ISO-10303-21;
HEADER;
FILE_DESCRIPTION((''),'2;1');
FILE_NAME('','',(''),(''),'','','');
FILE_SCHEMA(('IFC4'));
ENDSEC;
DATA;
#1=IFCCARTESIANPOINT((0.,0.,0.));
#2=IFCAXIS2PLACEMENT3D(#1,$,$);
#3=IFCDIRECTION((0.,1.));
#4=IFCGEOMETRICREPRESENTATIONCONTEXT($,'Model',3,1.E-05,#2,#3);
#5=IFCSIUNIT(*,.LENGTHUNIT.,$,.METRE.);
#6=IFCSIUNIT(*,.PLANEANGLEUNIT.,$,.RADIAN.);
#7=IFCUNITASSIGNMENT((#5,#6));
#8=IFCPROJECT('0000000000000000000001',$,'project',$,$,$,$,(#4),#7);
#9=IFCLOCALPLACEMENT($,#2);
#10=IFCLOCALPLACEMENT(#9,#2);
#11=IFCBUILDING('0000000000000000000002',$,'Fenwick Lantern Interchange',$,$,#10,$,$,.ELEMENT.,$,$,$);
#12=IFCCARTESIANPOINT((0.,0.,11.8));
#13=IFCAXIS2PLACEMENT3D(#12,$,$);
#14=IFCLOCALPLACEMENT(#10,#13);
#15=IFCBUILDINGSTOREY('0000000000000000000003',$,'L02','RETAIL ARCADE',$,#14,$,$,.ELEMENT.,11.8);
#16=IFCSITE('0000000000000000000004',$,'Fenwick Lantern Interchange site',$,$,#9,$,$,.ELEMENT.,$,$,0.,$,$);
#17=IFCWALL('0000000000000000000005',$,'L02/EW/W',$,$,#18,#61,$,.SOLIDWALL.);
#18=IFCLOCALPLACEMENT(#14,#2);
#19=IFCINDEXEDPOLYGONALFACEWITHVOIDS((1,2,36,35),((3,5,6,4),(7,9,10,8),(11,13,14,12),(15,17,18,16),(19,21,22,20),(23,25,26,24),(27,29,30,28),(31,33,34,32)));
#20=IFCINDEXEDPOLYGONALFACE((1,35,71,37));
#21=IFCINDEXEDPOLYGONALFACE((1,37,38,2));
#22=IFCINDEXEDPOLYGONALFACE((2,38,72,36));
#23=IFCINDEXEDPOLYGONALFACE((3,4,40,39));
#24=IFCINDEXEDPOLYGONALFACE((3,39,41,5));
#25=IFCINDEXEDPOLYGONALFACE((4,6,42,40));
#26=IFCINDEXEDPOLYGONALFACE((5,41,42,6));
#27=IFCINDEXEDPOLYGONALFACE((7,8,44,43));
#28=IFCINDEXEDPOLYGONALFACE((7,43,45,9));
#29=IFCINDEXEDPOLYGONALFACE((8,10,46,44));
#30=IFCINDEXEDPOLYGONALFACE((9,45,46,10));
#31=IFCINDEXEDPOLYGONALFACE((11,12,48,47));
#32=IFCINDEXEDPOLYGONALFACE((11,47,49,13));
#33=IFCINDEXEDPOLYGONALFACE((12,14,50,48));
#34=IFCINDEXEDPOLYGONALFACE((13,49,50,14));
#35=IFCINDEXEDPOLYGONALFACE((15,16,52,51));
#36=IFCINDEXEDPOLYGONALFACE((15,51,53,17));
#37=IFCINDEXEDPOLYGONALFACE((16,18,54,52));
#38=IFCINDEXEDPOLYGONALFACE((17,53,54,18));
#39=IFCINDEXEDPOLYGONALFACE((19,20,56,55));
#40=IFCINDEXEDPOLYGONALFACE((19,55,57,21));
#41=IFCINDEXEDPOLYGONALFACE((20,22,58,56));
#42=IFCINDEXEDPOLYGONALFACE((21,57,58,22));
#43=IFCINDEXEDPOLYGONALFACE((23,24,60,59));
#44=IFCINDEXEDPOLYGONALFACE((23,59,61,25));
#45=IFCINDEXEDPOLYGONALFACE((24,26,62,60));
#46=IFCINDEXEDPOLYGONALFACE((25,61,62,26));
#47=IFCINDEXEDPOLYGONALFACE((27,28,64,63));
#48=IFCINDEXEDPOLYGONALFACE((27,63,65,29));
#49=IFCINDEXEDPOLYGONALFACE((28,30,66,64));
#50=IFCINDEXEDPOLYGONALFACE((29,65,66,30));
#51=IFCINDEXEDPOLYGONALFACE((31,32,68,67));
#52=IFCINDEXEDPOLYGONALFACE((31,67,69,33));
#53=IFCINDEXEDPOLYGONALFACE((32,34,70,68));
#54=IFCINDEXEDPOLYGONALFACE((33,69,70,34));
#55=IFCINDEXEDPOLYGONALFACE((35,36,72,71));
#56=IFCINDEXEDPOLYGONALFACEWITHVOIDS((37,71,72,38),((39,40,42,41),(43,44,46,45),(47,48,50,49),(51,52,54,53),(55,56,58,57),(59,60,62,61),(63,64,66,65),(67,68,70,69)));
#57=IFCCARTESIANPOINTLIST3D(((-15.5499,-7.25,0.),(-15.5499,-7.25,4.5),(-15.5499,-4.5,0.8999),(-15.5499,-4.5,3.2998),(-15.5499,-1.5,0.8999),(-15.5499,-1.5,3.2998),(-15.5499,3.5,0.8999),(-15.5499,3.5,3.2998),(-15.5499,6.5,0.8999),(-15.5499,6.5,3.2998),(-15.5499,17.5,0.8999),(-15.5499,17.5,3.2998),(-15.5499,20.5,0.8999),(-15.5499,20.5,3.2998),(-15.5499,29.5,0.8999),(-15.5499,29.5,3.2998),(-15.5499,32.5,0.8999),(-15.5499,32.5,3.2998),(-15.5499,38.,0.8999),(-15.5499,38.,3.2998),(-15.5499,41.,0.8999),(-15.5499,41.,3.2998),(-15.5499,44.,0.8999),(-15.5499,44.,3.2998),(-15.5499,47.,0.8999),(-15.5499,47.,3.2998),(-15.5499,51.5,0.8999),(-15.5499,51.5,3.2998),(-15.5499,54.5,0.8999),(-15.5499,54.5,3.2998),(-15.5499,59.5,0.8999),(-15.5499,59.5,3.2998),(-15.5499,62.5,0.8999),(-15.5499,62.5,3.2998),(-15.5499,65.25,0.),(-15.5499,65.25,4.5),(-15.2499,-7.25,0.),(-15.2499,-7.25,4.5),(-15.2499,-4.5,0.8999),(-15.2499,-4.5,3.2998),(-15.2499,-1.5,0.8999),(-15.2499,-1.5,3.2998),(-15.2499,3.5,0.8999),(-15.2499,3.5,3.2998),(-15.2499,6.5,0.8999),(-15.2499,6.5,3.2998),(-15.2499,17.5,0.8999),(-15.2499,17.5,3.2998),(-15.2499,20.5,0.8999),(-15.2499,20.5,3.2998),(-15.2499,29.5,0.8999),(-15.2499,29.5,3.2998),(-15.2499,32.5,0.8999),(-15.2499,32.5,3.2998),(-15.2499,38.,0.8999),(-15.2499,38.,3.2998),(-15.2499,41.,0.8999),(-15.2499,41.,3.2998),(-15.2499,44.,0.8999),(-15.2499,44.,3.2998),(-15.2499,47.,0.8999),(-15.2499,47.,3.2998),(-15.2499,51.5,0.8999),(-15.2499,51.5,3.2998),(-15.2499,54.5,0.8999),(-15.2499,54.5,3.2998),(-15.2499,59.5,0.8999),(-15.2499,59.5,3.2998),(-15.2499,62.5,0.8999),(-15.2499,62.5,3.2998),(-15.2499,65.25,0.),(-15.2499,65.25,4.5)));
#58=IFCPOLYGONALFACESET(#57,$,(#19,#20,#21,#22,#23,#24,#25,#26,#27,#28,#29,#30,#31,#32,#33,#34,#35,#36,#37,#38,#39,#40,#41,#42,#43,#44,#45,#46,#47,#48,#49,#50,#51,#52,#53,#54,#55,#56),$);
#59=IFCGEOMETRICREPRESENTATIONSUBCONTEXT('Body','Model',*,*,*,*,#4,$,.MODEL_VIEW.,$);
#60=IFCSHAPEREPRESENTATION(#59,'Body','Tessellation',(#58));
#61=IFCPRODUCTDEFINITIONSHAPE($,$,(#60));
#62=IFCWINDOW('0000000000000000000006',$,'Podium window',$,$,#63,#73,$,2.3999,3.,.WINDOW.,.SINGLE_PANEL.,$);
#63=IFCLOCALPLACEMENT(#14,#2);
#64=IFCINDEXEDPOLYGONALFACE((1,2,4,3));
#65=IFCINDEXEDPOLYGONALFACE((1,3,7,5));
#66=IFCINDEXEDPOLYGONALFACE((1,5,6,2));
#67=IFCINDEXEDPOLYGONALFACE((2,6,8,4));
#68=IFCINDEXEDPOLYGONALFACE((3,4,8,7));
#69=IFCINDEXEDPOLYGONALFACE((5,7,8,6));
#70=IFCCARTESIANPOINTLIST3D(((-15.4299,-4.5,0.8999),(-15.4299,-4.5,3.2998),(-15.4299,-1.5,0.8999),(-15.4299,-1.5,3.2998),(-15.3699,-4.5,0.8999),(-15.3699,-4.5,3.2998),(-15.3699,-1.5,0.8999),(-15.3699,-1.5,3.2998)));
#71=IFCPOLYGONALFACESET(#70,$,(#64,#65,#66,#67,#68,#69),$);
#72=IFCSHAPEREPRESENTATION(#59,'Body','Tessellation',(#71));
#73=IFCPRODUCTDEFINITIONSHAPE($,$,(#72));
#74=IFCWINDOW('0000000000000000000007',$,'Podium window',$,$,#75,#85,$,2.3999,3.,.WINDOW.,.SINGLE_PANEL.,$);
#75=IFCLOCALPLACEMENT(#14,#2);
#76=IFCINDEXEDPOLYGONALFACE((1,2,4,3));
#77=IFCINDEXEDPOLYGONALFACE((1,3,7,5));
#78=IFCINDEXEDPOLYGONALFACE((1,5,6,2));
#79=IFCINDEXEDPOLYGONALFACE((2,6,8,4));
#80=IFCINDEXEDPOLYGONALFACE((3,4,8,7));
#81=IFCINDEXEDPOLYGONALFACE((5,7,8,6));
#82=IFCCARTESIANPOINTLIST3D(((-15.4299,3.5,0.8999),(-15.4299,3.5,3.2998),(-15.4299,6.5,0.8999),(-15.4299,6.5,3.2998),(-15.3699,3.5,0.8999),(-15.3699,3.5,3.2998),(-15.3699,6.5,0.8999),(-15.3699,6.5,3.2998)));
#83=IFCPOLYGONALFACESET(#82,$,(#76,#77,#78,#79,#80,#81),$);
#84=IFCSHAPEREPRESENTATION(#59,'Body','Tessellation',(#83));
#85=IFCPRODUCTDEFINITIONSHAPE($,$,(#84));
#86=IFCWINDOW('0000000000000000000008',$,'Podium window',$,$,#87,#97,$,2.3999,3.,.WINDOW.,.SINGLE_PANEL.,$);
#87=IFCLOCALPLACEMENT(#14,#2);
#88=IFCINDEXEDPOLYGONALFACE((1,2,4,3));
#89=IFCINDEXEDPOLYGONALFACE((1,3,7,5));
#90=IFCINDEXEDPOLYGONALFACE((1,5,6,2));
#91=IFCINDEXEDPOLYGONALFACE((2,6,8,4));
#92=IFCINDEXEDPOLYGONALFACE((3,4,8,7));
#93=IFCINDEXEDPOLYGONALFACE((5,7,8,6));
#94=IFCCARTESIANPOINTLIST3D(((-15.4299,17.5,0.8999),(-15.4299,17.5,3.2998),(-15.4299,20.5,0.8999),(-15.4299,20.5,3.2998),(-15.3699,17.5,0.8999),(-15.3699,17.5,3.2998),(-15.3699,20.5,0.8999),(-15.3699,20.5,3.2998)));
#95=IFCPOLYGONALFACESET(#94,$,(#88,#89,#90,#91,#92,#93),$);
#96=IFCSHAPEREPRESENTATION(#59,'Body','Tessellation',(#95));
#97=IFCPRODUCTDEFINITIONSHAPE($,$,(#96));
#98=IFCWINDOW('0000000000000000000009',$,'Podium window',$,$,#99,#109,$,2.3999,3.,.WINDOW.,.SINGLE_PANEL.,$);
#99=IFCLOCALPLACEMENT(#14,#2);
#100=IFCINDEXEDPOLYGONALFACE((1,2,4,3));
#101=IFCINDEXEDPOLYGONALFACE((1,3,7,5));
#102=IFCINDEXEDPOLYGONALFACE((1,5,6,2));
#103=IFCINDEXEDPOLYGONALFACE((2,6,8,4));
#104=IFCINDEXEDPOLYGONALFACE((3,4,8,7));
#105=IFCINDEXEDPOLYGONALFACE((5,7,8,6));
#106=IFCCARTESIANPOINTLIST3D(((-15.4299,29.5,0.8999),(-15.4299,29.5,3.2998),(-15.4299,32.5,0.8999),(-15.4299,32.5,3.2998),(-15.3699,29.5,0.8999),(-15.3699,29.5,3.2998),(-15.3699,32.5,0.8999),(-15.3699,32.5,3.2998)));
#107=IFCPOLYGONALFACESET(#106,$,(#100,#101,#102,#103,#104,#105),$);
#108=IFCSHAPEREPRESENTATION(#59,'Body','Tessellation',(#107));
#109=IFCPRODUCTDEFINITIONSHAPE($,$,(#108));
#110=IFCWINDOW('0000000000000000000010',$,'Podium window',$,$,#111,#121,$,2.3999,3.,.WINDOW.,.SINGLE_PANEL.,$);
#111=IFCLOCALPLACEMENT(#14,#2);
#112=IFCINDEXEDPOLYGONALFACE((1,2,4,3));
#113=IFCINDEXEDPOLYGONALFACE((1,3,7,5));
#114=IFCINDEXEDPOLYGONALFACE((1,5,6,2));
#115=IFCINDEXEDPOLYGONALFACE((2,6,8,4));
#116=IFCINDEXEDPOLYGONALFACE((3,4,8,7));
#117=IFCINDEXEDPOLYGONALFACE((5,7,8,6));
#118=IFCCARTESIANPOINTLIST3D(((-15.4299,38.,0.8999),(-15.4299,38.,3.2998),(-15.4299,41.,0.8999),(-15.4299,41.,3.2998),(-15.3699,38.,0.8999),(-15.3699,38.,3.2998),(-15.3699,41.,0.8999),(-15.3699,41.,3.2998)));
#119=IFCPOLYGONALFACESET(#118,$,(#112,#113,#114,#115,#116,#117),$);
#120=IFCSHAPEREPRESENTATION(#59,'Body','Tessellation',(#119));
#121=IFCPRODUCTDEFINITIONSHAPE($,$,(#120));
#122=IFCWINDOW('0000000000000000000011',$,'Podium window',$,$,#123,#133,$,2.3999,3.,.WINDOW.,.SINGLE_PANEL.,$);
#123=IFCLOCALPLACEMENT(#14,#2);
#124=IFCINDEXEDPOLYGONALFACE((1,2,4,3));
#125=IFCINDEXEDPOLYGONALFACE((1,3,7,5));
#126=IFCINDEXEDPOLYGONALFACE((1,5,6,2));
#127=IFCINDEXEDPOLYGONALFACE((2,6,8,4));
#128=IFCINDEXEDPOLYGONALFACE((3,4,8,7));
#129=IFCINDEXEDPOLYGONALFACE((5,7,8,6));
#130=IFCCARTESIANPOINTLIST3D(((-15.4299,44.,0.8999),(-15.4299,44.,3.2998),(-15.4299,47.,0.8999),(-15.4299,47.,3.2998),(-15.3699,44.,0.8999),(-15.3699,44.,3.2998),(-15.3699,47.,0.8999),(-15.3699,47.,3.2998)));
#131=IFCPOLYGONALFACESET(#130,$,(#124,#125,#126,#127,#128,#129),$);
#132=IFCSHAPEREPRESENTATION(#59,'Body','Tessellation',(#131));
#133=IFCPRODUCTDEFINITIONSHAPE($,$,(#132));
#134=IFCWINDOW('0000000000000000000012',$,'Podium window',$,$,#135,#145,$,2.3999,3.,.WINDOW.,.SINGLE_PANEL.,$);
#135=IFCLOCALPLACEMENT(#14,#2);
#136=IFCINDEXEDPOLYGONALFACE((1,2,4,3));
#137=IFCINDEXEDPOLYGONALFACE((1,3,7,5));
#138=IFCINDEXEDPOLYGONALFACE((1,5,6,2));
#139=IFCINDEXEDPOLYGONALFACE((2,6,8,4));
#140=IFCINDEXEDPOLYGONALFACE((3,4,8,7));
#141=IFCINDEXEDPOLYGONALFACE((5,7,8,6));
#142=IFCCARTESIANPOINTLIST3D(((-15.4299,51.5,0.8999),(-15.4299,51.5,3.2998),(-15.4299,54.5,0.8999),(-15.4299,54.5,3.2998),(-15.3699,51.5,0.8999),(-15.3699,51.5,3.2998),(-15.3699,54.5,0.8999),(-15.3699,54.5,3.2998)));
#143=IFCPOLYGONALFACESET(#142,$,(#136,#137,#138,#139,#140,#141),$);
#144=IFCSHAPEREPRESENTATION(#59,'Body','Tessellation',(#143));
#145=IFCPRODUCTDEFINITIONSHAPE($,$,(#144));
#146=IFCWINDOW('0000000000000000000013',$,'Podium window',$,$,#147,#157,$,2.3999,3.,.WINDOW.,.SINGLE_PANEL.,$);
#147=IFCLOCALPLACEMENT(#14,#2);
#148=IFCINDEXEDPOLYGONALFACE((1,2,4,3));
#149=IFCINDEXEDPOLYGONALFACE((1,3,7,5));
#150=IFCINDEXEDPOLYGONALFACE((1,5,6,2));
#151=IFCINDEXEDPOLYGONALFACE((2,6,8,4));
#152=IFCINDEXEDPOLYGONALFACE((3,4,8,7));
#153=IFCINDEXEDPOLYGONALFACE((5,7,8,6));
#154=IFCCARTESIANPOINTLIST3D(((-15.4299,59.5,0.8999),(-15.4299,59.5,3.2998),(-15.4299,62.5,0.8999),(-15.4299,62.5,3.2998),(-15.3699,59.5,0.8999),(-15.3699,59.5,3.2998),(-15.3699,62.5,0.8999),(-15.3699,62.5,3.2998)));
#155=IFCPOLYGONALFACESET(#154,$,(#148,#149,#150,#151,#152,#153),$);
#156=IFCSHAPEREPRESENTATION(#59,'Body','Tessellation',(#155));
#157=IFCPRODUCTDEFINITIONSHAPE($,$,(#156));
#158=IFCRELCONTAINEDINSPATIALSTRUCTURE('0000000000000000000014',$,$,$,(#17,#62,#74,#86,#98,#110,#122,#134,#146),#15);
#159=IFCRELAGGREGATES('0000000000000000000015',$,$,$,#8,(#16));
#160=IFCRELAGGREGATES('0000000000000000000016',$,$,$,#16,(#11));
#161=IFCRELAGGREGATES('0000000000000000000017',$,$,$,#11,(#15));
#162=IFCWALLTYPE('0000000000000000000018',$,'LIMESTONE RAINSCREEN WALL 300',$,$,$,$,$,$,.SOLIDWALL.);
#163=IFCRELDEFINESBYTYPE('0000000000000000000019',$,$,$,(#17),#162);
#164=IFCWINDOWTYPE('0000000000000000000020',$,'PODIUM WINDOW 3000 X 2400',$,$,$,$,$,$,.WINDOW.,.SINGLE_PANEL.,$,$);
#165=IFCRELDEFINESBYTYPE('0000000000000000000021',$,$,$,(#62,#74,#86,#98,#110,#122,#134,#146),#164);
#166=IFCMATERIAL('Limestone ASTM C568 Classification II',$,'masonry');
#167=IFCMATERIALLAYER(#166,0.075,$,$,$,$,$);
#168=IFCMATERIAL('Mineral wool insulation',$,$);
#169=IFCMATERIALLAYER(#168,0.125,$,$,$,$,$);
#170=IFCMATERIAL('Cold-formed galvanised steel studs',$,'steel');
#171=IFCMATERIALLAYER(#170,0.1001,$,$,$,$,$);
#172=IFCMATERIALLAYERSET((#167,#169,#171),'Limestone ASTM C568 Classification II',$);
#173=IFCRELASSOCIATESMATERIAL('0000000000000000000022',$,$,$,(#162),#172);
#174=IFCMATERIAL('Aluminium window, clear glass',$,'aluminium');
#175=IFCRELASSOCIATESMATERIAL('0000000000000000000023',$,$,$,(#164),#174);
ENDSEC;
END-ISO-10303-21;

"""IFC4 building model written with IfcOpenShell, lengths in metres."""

from ifc_helpers import new_model, si_unit, direction, frame, frame_2d, origin, place, context, subcontext, project, spatial, rectangle, extrude, material, layer, layer_set, type_object, element, fill, save


model = new_model("IFC4")

# Units and contexts
model_context = context("Model", 3, precision=1e-05, world=origin(), true_north=direction((0.0, 1.0)))
body_context = subcontext(model_context, "Body", "Model", "MODEL_VIEW")
ifc_project = project(units=[si_unit("LENGTHUNIT", "METRE"), si_unit("PLANEANGLEUNIT", "RADIAN")], contexts=[model_context])

# Site, building, storey
site_placement = place(None, origin())
site = spatial("IfcSite", under=ifc_project, at=site_placement, Name="Fenwick Lantern Interchange site", CompositionType="ELEMENT", RefElevation=0.0)
building_placement = place(site_placement, origin())
building = spatial("IfcBuilding", under=site, at=building_placement, Name="Fenwick Lantern Interchange", CompositionType="ELEMENT")
storey_placement = place(building_placement, frame((0.0, 0.0, 11.8)))
storey = spatial("IfcBuildingStorey", under=building, at=storey_placement, Name="L02", Description="RETAIL ARCADE", CompositionType="ELEMENT", Elevation=11.8)

# Wall, openings, windows
ifc_material_1 = material(Name="Limestone ASTM C568 Classification II", Category="masonry")
ifc_layer_1 = layer(ifc_material_1, 0.075)
ifc_material_2 = material(Name="Mineral wool insulation")
ifc_layer_2 = layer(ifc_material_2, 0.125)
ifc_material_3 = material(Name="Cold-formed galvanised steel studs", Category="steel")
ifc_layer_3 = layer(ifc_material_3, 0.1001)
ifc_layer_set_1 = layer_set([ifc_layer_1, ifc_layer_2, ifc_layer_3], Name="Limestone ASTM C568 Classification II")
wall_type_1 = type_object("IfcWallType", Name="LIMESTONE RAINSCREEN WALL 300", PredefinedType="SOLIDWALL", material=ifc_layer_set_1)
wall_1_placement = place(storey_placement, frame((-15.3999, 65.25, 0.0), z_axis=(0.0, 0.0, 1.0), x_axis=(0.0, -1.0, 0.0)))
wall_1 = element("IfcWall", 1, at=wall_1_placement, inside=storey, type_object=wall_type_1, Name="L02/EW/W", PredefinedType="SOLIDWALL", context=body_context, shape_type="SweptSolid", body=[
    extrude(rectangle(XDim=72.5, YDim=0.3, at=frame_2d((36.25, 0.0))), origin(), (0.0, 0.0, 1.0), 4.5),
])
opening_1_placement = place(wall_1_placement, frame((66.75, 0.0, 0.8999)))
opening_1 = element("IfcOpeningElement", 2, at=opening_1_placement, cuts=wall_1, PredefinedType="OPENING", context=body_context, shape_type="SweptSolid", body=[
    extrude(rectangle(XDim=3.0, YDim=2.3999, at=frame_2d((1.5, 1.2))), frame((0.0, 0.1599, 0.0), z_axis=(0.0, -1.0, 0.0), x_axis=(1.0, 0.0, 0.0)), (0.0, 0.0, 1.0), 0.3201),
])
opening_2_placement = place(wall_1_placement, frame((58.75, 0.0, 0.8999)))
opening_2 = element("IfcOpeningElement", 3, at=opening_2_placement, cuts=wall_1, PredefinedType="OPENING", context=body_context, shape_type="SweptSolid", body=[
    extrude(rectangle(XDim=3.0, YDim=2.3999, at=frame_2d((1.5, 1.2))), frame((0.0, 0.1599, 0.0), z_axis=(0.0, -1.0, 0.0), x_axis=(1.0, 0.0, 0.0)), (0.0, 0.0, 1.0), 0.3201),
])
opening_3_placement = place(wall_1_placement, frame((44.75, 0.0, 0.8999)))
opening_3 = element("IfcOpeningElement", 4, at=opening_3_placement, cuts=wall_1, PredefinedType="OPENING", context=body_context, shape_type="SweptSolid", body=[
    extrude(rectangle(XDim=3.0, YDim=2.3999, at=frame_2d((1.5, 1.2))), frame((0.0, 0.1599, 0.0), z_axis=(0.0, -1.0, 0.0), x_axis=(1.0, 0.0, 0.0)), (0.0, 0.0, 1.0), 0.3201),
])
opening_4_placement = place(wall_1_placement, frame((32.75, 0.0, 0.8999)))
opening_4 = element("IfcOpeningElement", 5, at=opening_4_placement, cuts=wall_1, PredefinedType="OPENING", context=body_context, shape_type="SweptSolid", body=[
    extrude(rectangle(XDim=3.0, YDim=2.3999, at=frame_2d((1.5, 1.2))), frame((0.0, 0.1599, 0.0), z_axis=(0.0, -1.0, 0.0), x_axis=(1.0, 0.0, 0.0)), (0.0, 0.0, 1.0), 0.3201),
])
opening_5_placement = place(wall_1_placement, frame((24.25, 0.0, 0.8999)))
opening_5 = element("IfcOpeningElement", 6, at=opening_5_placement, cuts=wall_1, PredefinedType="OPENING", context=body_context, shape_type="SweptSolid", body=[
    extrude(rectangle(XDim=3.0, YDim=2.3999, at=frame_2d((1.5, 1.2))), frame((0.0, 0.1599, 0.0), z_axis=(0.0, -1.0, 0.0), x_axis=(1.0, 0.0, 0.0)), (0.0, 0.0, 1.0), 0.3201),
])
opening_6_placement = place(wall_1_placement, frame((18.25, 0.0, 0.8999)))
opening_6 = element("IfcOpeningElement", 7, at=opening_6_placement, cuts=wall_1, PredefinedType="OPENING", context=body_context, shape_type="SweptSolid", body=[
    extrude(rectangle(XDim=3.0, YDim=2.3999, at=frame_2d((1.5, 1.2))), frame((0.0, 0.1599, 0.0), z_axis=(0.0, -1.0, 0.0), x_axis=(1.0, 0.0, 0.0)), (0.0, 0.0, 1.0), 0.3201),
])
opening_7_placement = place(wall_1_placement, frame((10.75, 0.0, 0.8999)))
opening_7 = element("IfcOpeningElement", 8, at=opening_7_placement, cuts=wall_1, PredefinedType="OPENING", context=body_context, shape_type="SweptSolid", body=[
    extrude(rectangle(XDim=3.0, YDim=2.3999, at=frame_2d((1.5, 1.2))), frame((0.0, 0.1599, 0.0), z_axis=(0.0, -1.0, 0.0), x_axis=(1.0, 0.0, 0.0)), (0.0, 0.0, 1.0), 0.3201),
])
opening_8_placement = place(wall_1_placement, frame((2.75, 0.0, 0.8999)))
opening_8 = element("IfcOpeningElement", 9, at=opening_8_placement, cuts=wall_1, PredefinedType="OPENING", context=body_context, shape_type="SweptSolid", body=[
    extrude(rectangle(XDim=3.0, YDim=2.3999, at=frame_2d((1.5, 1.2))), frame((0.0, 0.1599, 0.0), z_axis=(0.0, -1.0, 0.0), x_axis=(1.0, 0.0, 0.0)), (0.0, 0.0, 1.0), 0.3201),
])
ifc_material_4 = material(Name="Aluminium window, clear glass", Category="aluminium")
window_type = type_object("IfcWindowType", Name="PODIUM WINDOW 3000 X 2400", PartitioningType="SINGLE_PANEL", PredefinedType="WINDOW", material=ifc_material_4)
window_1_placement = place(opening_1_placement, origin())
window_1 = element("IfcWindow", 10, at=window_1_placement, inside=storey, type_object=window_type, Name="Podium window", OverallHeight=2.3999, OverallWidth=3.0, PartitioningType="SINGLE_PANEL", PredefinedType="WINDOW", context=body_context, shape_type="SweptSolid", body=[
    extrude(rectangle(XDim=3.0, YDim=2.3999, at=frame_2d((1.5, 1.2))), frame((0.0, 0.03, 0.0), z_axis=(0.0, -1.0, 0.0), x_axis=(1.0, 0.0, 0.0)), (0.0, 0.0, 1.0), 0.0601),
])
fill(opening_1, window_1)
window_2_placement = place(opening_2_placement, origin())
window_2 = element("IfcWindow", 11, at=window_2_placement, inside=storey, type_object=window_type, Name="Podium window", OverallHeight=2.3999, OverallWidth=3.0, PartitioningType="SINGLE_PANEL", PredefinedType="WINDOW", context=body_context, shape_type="SweptSolid", body=[
    extrude(rectangle(XDim=3.0, YDim=2.3999, at=frame_2d((1.5, 1.2))), frame((0.0, 0.03, 0.0), z_axis=(0.0, -1.0, 0.0), x_axis=(1.0, 0.0, 0.0)), (0.0, 0.0, 1.0), 0.0601),
])
fill(opening_2, window_2)
window_3_placement = place(opening_3_placement, origin())
window_3 = element("IfcWindow", 12, at=window_3_placement, inside=storey, type_object=window_type, Name="Podium window", OverallHeight=2.3999, OverallWidth=3.0, PartitioningType="SINGLE_PANEL", PredefinedType="WINDOW", context=body_context, shape_type="SweptSolid", body=[
    extrude(rectangle(XDim=3.0, YDim=2.3999, at=frame_2d((1.5, 1.2))), frame((0.0, 0.03, 0.0), z_axis=(0.0, -1.0, 0.0), x_axis=(1.0, 0.0, 0.0)), (0.0, 0.0, 1.0), 0.0601),
])
fill(opening_3, window_3)
window_4_placement = place(opening_4_placement, origin())
window_4 = element("IfcWindow", 13, at=window_4_placement, inside=storey, type_object=window_type, Name="Podium window", OverallHeight=2.3999, OverallWidth=3.0, PartitioningType="SINGLE_PANEL", PredefinedType="WINDOW", context=body_context, shape_type="SweptSolid", body=[
    extrude(rectangle(XDim=3.0, YDim=2.3999, at=frame_2d((1.5, 1.2))), frame((0.0, 0.03, 0.0), z_axis=(0.0, -1.0, 0.0), x_axis=(1.0, 0.0, 0.0)), (0.0, 0.0, 1.0), 0.0601),
])
fill(opening_4, window_4)
window_5_placement = place(opening_5_placement, origin())
window_5 = element("IfcWindow", 14, at=window_5_placement, inside=storey, type_object=window_type, Name="Podium window", OverallHeight=2.3999, OverallWidth=3.0, PartitioningType="SINGLE_PANEL", PredefinedType="WINDOW", context=body_context, shape_type="SweptSolid", body=[
    extrude(rectangle(XDim=3.0, YDim=2.3999, at=frame_2d((1.5, 1.2))), frame((0.0, 0.03, 0.0), z_axis=(0.0, -1.0, 0.0), x_axis=(1.0, 0.0, 0.0)), (0.0, 0.0, 1.0), 0.0601),
])
fill(opening_5, window_5)
window_6_placement = place(opening_6_placement, origin())
window_6 = element("IfcWindow", 15, at=window_6_placement, inside=storey, type_object=window_type, Name="Podium window", OverallHeight=2.3999, OverallWidth=3.0, PartitioningType="SINGLE_PANEL", PredefinedType="WINDOW", context=body_context, shape_type="SweptSolid", body=[
    extrude(rectangle(XDim=3.0, YDim=2.3999, at=frame_2d((1.5, 1.2))), frame((0.0, 0.03, 0.0), z_axis=(0.0, -1.0, 0.0), x_axis=(1.0, 0.0, 0.0)), (0.0, 0.0, 1.0), 0.0601),
])
fill(opening_6, window_6)
window_7_placement = place(opening_7_placement, origin())
window_7 = element("IfcWindow", 16, at=window_7_placement, inside=storey, type_object=window_type, Name="Podium window", OverallHeight=2.3999, OverallWidth=3.0, PartitioningType="SINGLE_PANEL", PredefinedType="WINDOW", context=body_context, shape_type="SweptSolid", body=[
    extrude(rectangle(XDim=3.0, YDim=2.3999, at=frame_2d((1.5, 1.2))), frame((0.0, 0.03, 0.0), z_axis=(0.0, -1.0, 0.0), x_axis=(1.0, 0.0, 0.0)), (0.0, 0.0, 1.0), 0.0601),
])
fill(opening_7, window_7)
window_8_placement = place(opening_8_placement, origin())
window_8 = element("IfcWindow", 17, at=window_8_placement, inside=storey, type_object=window_type, Name="Podium window", OverallHeight=2.3999, OverallWidth=3.0, PartitioningType="SINGLE_PANEL", PredefinedType="WINDOW", context=body_context, shape_type="SweptSolid", body=[
    extrude(rectangle(XDim=3.0, YDim=2.3999, at=frame_2d((1.5, 1.2))), frame((0.0, 0.03, 0.0), z_axis=(0.0, -1.0, 0.0), x_axis=(1.0, 0.0, 0.0)), (0.0, 0.0, 1.0), 0.0601),
])
fill(opening_8, window_8)

save(model, "model.ifc")
